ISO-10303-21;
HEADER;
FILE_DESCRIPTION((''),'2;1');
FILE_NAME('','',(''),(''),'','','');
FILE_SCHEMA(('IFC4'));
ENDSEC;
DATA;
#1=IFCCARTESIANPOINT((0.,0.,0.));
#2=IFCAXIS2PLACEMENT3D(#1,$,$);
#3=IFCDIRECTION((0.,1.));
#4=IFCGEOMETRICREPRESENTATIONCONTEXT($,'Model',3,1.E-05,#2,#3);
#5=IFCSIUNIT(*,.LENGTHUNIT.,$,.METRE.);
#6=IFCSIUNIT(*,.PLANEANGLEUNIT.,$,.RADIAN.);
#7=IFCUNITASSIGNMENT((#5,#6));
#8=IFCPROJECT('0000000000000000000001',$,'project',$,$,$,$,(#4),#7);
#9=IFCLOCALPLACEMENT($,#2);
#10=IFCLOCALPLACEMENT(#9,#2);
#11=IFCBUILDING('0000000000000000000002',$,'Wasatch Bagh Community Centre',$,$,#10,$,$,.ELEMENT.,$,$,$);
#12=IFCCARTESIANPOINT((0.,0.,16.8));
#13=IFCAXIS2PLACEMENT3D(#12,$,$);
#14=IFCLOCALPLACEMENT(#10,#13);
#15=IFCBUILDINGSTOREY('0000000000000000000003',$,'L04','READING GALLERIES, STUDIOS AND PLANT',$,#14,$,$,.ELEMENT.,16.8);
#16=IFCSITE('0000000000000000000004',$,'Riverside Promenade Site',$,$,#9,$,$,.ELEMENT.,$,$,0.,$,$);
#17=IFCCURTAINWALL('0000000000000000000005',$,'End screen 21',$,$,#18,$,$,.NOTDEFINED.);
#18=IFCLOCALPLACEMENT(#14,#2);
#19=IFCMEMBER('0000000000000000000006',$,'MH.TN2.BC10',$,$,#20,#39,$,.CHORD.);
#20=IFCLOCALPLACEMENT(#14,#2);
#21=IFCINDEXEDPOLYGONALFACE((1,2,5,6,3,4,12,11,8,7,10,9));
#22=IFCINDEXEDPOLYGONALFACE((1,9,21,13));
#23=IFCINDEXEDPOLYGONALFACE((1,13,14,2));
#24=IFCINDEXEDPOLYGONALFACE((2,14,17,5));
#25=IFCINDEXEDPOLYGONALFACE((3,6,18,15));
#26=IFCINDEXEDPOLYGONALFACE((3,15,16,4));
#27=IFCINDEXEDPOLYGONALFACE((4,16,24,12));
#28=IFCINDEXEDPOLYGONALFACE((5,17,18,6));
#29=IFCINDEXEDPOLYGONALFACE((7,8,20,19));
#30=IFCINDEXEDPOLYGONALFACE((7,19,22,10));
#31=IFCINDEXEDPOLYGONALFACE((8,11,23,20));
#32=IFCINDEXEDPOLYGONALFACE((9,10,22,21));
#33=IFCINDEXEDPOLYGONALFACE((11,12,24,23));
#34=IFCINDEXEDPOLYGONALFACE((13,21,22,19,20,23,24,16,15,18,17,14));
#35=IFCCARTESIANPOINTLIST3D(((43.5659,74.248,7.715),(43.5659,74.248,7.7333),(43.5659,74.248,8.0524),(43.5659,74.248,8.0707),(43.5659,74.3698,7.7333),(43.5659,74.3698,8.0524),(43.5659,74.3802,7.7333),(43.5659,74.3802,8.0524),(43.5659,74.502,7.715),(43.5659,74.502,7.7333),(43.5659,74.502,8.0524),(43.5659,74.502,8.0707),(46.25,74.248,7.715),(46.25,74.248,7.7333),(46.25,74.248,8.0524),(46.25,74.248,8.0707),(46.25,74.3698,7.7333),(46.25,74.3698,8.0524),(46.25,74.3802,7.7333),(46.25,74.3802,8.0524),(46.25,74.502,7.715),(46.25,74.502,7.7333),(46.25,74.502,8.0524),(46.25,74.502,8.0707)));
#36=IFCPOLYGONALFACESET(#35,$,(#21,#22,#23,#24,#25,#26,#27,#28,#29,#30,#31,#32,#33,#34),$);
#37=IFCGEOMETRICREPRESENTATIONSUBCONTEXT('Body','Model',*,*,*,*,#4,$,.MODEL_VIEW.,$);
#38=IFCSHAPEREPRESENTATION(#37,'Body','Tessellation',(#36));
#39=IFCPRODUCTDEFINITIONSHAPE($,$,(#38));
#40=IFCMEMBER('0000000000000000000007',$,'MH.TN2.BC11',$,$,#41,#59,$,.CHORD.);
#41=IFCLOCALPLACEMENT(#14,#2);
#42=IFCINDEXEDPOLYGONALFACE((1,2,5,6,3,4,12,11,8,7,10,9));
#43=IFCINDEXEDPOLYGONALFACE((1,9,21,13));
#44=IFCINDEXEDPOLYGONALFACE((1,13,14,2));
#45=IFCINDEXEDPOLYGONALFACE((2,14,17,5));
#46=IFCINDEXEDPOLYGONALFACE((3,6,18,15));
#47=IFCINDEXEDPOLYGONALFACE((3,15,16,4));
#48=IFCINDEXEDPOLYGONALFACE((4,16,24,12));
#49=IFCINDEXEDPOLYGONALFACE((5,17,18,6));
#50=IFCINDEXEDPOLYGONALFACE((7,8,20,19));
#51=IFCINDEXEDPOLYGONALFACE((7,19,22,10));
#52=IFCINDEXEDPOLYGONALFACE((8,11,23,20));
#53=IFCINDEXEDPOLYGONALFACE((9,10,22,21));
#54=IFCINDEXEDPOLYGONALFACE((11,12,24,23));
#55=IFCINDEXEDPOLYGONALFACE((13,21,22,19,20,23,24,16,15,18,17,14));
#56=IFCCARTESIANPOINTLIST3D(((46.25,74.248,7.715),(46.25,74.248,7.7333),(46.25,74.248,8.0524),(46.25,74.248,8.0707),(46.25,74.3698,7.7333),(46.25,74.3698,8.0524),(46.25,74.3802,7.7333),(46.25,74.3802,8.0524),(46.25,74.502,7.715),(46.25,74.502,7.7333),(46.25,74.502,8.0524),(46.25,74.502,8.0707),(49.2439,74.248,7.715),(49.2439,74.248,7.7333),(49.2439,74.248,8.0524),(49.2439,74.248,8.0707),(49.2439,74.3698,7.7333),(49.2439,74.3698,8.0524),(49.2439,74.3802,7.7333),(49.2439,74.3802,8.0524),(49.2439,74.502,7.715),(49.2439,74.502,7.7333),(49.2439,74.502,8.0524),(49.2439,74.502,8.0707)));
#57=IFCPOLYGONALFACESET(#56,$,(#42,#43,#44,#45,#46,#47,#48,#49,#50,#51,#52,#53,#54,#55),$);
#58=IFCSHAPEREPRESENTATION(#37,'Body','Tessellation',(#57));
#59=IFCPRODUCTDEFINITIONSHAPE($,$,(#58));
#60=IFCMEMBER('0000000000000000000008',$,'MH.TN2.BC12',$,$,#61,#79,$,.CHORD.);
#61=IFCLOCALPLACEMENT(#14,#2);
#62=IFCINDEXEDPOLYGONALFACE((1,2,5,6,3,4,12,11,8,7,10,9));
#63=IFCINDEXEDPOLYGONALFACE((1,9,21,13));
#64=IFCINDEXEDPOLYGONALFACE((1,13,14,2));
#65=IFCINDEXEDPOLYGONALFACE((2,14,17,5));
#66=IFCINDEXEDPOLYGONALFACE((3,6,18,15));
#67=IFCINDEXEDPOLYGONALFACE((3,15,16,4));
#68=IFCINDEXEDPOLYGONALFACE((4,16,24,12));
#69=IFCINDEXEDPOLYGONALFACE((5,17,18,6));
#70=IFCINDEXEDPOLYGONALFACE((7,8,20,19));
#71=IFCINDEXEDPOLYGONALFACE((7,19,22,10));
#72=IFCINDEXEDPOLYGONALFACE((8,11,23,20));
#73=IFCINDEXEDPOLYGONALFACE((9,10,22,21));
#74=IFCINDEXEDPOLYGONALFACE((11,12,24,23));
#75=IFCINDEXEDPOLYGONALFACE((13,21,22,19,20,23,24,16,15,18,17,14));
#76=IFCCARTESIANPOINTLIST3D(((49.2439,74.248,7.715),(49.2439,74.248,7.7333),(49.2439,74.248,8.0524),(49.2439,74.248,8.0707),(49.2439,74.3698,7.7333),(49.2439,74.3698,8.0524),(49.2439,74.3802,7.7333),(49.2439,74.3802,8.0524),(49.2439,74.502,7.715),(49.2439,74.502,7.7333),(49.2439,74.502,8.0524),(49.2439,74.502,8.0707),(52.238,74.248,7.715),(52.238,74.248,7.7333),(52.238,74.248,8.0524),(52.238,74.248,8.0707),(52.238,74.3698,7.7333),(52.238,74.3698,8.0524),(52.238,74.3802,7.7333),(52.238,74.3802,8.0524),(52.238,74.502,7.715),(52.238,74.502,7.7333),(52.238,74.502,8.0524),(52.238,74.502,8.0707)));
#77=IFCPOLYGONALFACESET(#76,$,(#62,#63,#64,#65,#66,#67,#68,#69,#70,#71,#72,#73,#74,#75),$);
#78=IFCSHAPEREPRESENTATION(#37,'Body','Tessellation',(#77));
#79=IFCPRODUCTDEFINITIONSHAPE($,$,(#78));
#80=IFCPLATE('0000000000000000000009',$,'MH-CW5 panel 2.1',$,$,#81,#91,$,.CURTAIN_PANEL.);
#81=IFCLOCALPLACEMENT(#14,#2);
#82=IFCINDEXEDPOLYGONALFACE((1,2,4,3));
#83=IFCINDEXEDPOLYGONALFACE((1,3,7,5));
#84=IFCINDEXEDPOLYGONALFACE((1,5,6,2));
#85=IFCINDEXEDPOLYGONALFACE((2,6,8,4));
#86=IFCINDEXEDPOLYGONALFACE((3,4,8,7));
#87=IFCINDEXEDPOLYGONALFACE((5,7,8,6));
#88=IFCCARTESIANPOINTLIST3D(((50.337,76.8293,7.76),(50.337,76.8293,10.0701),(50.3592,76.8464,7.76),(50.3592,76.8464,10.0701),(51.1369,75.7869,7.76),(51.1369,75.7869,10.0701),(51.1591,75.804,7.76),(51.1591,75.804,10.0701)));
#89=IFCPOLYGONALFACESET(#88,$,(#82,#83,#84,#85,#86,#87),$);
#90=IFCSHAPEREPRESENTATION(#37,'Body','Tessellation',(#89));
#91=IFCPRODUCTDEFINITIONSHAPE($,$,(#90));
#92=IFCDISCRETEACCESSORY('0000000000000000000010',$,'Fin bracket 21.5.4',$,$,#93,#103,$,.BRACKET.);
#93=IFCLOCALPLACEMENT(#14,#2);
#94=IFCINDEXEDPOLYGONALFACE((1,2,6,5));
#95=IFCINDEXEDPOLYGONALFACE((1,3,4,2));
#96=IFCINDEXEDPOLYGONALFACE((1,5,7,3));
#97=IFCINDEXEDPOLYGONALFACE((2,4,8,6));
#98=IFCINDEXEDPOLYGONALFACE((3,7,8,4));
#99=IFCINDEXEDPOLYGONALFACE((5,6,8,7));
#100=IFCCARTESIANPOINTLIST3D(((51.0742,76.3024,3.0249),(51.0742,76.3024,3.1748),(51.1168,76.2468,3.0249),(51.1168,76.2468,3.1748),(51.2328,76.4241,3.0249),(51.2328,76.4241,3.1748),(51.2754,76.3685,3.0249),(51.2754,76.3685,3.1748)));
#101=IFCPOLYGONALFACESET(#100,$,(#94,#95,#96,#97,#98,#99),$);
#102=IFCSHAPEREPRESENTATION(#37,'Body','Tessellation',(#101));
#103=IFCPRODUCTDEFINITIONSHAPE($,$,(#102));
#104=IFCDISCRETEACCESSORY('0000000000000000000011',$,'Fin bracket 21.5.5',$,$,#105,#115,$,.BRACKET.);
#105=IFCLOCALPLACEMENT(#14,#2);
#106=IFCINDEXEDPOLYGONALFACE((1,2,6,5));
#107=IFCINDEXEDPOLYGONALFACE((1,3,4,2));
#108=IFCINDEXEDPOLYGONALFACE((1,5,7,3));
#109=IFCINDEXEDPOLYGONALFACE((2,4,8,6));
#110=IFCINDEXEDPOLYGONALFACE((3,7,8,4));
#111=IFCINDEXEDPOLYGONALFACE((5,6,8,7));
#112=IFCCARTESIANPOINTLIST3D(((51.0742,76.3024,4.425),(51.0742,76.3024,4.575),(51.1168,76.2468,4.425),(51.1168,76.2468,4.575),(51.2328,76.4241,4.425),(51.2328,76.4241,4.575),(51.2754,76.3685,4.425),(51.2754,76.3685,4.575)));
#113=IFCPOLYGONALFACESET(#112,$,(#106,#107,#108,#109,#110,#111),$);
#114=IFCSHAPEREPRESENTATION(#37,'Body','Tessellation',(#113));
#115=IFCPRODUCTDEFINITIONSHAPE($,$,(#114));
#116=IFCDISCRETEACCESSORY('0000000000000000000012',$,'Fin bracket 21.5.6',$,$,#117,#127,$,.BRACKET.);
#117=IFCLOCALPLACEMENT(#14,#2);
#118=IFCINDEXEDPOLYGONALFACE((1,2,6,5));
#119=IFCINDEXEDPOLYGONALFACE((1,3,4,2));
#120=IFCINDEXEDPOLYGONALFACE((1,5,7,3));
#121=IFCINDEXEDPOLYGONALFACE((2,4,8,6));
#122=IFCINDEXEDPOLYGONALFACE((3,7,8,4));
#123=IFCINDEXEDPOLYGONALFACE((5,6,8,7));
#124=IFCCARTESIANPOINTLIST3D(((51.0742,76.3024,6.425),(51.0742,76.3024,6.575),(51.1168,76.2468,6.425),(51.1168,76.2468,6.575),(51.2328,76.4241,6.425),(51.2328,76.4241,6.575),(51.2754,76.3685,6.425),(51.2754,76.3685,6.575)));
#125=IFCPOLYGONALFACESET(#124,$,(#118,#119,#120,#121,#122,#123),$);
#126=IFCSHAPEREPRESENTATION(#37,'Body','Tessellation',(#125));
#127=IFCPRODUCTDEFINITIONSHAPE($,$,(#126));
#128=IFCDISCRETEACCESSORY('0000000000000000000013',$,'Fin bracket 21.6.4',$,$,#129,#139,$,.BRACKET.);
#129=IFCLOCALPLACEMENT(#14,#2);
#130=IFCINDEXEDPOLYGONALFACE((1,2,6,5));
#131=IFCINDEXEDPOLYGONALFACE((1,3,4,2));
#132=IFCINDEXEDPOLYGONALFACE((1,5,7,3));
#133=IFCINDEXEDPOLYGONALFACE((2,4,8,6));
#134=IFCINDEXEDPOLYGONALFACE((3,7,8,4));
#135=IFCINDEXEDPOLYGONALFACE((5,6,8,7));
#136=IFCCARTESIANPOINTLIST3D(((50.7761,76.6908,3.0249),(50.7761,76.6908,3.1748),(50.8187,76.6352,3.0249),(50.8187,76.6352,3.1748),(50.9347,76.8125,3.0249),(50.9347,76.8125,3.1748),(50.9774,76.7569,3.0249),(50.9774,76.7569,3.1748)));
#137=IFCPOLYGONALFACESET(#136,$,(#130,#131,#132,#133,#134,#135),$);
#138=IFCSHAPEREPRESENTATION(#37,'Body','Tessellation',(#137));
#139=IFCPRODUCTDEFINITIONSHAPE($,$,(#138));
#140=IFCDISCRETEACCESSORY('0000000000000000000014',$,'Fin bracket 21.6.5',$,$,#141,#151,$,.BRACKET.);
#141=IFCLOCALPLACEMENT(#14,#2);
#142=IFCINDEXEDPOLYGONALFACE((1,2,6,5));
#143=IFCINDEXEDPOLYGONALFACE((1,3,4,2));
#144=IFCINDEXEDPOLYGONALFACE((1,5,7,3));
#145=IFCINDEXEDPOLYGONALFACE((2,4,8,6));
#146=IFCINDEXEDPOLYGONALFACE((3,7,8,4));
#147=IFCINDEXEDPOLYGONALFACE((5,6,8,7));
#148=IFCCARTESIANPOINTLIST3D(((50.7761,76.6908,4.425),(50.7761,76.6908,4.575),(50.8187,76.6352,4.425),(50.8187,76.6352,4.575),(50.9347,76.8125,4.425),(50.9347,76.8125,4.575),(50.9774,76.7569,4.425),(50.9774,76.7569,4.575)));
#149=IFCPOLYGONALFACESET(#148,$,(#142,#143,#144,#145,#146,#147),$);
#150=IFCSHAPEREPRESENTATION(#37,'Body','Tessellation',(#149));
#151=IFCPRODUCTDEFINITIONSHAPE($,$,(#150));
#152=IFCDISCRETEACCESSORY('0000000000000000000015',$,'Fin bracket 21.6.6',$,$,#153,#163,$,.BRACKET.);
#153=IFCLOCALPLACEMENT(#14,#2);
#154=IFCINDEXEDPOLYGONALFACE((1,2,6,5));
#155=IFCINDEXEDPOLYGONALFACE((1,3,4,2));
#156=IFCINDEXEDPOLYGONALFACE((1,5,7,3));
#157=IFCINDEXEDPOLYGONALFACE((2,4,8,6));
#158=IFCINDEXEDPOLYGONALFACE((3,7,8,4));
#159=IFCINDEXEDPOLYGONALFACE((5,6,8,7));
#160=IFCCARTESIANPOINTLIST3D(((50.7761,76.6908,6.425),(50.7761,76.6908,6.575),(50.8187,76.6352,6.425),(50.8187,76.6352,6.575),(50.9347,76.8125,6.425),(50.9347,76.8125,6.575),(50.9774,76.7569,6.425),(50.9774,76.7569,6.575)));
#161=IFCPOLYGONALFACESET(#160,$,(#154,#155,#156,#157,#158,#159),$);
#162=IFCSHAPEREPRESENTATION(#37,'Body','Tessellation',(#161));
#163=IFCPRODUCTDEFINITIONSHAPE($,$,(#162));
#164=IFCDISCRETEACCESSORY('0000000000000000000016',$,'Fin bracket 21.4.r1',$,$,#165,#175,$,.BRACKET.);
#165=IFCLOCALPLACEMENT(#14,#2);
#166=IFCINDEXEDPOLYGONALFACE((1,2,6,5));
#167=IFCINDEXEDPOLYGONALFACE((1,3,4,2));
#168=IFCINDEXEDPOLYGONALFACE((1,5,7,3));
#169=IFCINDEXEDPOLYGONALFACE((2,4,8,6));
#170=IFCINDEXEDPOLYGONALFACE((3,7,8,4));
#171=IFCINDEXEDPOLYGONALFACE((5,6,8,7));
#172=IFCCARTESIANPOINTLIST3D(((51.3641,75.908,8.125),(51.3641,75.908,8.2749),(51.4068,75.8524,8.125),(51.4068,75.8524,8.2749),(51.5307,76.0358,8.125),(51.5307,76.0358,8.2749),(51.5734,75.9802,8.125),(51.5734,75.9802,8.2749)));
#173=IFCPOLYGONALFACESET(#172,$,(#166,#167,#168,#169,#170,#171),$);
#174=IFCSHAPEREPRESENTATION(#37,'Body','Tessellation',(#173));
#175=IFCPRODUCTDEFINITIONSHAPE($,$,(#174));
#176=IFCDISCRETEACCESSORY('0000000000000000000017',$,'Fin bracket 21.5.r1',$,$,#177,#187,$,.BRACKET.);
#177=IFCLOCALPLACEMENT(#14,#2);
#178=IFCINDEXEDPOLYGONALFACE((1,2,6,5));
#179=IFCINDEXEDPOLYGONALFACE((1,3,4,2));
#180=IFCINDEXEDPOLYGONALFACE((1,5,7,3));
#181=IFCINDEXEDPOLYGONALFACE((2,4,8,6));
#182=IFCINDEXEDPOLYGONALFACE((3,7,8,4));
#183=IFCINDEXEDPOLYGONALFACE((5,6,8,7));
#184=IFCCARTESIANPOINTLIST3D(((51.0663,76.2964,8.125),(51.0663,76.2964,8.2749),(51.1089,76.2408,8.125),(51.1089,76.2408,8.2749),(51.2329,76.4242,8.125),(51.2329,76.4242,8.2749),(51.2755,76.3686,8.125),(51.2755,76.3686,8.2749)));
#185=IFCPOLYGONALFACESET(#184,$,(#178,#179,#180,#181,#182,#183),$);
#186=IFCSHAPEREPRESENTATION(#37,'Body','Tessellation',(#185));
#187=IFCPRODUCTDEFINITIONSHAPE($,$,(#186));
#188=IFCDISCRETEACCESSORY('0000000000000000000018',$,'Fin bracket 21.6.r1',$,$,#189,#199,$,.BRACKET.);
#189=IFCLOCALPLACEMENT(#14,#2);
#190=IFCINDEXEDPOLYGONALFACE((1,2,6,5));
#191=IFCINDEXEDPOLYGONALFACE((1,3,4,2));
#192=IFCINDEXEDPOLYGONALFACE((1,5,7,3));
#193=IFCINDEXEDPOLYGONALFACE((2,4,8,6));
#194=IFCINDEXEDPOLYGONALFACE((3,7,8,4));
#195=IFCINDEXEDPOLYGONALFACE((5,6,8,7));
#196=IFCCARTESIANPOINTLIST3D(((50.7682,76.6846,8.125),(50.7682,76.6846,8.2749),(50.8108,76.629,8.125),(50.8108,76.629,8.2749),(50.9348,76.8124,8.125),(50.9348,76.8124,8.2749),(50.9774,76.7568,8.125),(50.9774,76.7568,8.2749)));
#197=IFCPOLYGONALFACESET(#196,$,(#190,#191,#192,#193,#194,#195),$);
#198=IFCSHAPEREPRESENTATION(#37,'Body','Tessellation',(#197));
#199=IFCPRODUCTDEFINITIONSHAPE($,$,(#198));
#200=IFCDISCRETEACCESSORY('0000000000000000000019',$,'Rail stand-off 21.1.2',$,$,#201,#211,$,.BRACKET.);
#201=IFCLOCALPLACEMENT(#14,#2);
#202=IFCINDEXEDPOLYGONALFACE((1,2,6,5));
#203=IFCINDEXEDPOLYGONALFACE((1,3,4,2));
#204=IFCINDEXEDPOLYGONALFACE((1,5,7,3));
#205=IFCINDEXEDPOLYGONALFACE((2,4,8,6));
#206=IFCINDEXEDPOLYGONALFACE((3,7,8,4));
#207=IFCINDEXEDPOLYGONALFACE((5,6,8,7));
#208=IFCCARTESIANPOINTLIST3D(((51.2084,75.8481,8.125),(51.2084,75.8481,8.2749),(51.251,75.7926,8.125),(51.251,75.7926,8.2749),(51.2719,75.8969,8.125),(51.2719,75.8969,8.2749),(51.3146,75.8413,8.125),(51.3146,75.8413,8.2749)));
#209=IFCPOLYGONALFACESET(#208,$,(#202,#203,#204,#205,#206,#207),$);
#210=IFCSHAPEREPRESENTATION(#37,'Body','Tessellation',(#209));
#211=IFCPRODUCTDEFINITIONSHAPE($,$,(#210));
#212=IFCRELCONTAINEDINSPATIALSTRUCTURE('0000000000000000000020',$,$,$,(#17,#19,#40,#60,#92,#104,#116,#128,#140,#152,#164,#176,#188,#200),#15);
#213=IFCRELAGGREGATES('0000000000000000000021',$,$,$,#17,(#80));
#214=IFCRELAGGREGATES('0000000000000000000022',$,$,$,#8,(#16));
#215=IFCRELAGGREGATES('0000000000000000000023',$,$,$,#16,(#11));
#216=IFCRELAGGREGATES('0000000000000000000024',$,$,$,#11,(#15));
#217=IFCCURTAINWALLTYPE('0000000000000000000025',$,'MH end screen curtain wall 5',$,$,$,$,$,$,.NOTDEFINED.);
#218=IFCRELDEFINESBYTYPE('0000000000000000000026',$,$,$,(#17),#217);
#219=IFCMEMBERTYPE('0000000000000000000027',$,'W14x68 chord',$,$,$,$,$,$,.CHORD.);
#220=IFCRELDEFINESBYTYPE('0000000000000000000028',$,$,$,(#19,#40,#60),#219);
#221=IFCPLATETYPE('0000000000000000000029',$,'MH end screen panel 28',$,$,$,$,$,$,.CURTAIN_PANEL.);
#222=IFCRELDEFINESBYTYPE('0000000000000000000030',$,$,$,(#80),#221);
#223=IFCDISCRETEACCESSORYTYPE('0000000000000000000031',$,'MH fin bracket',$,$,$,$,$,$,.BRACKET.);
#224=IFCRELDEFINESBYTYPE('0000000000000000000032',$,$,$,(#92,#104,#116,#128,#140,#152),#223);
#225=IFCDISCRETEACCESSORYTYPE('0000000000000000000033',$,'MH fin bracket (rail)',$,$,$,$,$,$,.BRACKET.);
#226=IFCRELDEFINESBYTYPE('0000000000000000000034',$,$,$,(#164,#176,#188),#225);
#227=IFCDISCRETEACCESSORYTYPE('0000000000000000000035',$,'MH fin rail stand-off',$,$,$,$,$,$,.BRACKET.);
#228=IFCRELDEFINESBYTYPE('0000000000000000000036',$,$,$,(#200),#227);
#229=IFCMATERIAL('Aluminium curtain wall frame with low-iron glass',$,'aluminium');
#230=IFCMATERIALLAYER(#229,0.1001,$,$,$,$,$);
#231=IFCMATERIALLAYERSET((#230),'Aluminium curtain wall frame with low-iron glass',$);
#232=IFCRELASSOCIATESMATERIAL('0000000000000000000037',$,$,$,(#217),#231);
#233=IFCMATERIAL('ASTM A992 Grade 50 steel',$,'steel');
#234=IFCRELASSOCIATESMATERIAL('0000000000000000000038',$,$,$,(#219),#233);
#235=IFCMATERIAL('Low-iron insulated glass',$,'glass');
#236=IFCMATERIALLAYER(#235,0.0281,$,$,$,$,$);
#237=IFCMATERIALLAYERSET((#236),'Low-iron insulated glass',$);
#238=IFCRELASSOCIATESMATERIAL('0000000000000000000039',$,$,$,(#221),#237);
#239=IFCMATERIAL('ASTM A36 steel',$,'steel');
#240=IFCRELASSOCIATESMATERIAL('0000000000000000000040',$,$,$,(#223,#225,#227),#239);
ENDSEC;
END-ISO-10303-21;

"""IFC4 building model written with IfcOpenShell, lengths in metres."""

from ifc_helpers import new_model, si_unit, direction, frame, origin, origin_2d, place, context, subcontext, project, spatial, rectangle, i_section, extrude, material, layer, layer_set, material_profile, profile_set, type_object, element, aggregate, save


model = new_model("IFC4")

# Units and contexts
model_context = context("Model", 3, precision=1e-05, world=origin(), true_north=direction((0.0, 1.0)))
body_context = subcontext(model_context, "Body", "Model", "MODEL_VIEW")
ifc_project = project(units=[si_unit("LENGTHUNIT", "METRE"), si_unit("PLANEANGLEUNIT", "RADIAN")], contexts=[model_context])

# Site, building, storey
site_placement = place(None, origin())
site = spatial("IfcSite", under=ifc_project, at=site_placement, Name="Riverside Promenade Site", CompositionType="ELEMENT", RefElevation=0.0)
building_placement = place(site_placement, origin())
building = spatial("IfcBuilding", under=site, at=building_placement, Name="Wasatch Bagh Community Centre", CompositionType="ELEMENT")
storey_placement = place(building_placement, frame((0.0, 0.0, 16.8)))
storey = spatial("IfcBuildingStorey", under=building, at=storey_placement, Name="L04", Description="READING GALLERIES, STUDIOS AND PLANT", CompositionType="ELEMENT", Elevation=16.8)

# Curtain wall
ifc_material_1 = material(Name="Aluminium curtain wall frame with low-iron glass", Category="aluminium")
ifc_layer_1 = layer(ifc_material_1, 0.1001)
ifc_layer_set_1 = layer_set([ifc_layer_1], Name="Aluminium curtain wall frame with low-iron glass")
curtain_wall_type = type_object("IfcCurtainWallType", Name="MH end screen curtain wall 5", PredefinedType="NOTDEFINED", material=ifc_layer_set_1)
curtain_wall_placement = place(storey_placement, origin())
curtain_wall = element("IfcCurtainWall", 1, at=curtain_wall_placement, inside=storey, type_object=curtain_wall_type, Name="End screen 21", PredefinedType="NOTDEFINED")

# Members
ifc_material_2 = material(Name="ASTM A992 Grade 50 steel", Category="steel")
ifc_material_profile_1 = material_profile(ifc_material_2, i_section(OverallWidth=0.2539, OverallDepth=0.3557, WebThickness=0.0105, FlangeThickness=0.0183, at=origin_2d()), Name="W14x68")
ifc_profile_set_1 = profile_set([ifc_material_profile_1], Name="ASTM A992 Grade 50 steel")
member_type_1 = type_object("IfcMemberType", Name="W14x68 chord", PredefinedType="CHORD", material=ifc_profile_set_1)
member_1_placement = place(storey_placement, frame((43.5659, 74.375, 7.8928), z_axis=(1.0, 0.0, 0.0), x_axis=(0.0, 1.0, 0.0)))
element("IfcMember", 2, at=member_1_placement, inside=storey, type_object=member_type_1, Name="MH.TN2.BC10", PredefinedType="CHORD", context=body_context, shape_type="SweptSolid", body=[
    extrude(i_section(OverallWidth=0.2539, OverallDepth=0.3557, WebThickness=0.0105, FlangeThickness=0.0183, at=origin_2d()), origin(), (0.0, 0.0, 1.0), 2.6841),
])
member_2_placement = place(storey_placement, frame((46.25, 74.375, 7.8928), z_axis=(1.0, 0.0, 0.0), x_axis=(0.0, 1.0, 0.0)))
element("IfcMember", 3, at=member_2_placement, inside=storey, type_object=member_type_1, Name="MH.TN2.BC11", PredefinedType="CHORD", context=body_context, shape_type="SweptSolid", body=[
    extrude(i_section(OverallWidth=0.2539, OverallDepth=0.3557, WebThickness=0.0105, FlangeThickness=0.0183, at=origin_2d()), origin(), (0.0, 0.0, 1.0), 2.9939),
])
member_3_placement = place(storey_placement, frame((49.2439, 74.375, 7.8928), z_axis=(1.0, 0.0, 0.0), x_axis=(0.0, 1.0, 0.0)))
element("IfcMember", 4, at=member_3_placement, inside=storey, type_object=member_type_1, Name="MH.TN2.BC12", PredefinedType="CHORD", context=body_context, shape_type="SweptSolid", body=[
    extrude(i_section(OverallWidth=0.2539, OverallDepth=0.3557, WebThickness=0.0105, FlangeThickness=0.0183, at=origin_2d()), origin(), (0.0, 0.0, 1.0), 2.9941),
])

# Plate
ifc_material_3 = material(Name="Low-iron insulated glass", Category="glass")
ifc_layer_2 = layer(ifc_material_3, 0.0281)
ifc_layer_set_2 = layer_set([ifc_layer_2], Name="Low-iron insulated glass")
plate_type = type_object("IfcPlateType", Name="MH end screen panel 28", PredefinedType="CURTAIN_PANEL", material=ifc_layer_set_2)
plate_placement = place(storey_placement, frame((50.748, 76.3167, 7.76), z_axis=(0.0, 0.0, 1.0), x_axis=(-0.608761, 0.793353, 0.0)))
plate = element("IfcPlate", 5, at=plate_placement, type_object=plate_type, Name="MH-CW5 panel 2.1", PredefinedType="CURTAIN_PANEL", context=body_context, shape_type="SweptSolid", body=[
    extrude(rectangle(XDim=1.314, YDim=0.0281, at=origin_2d()), origin(), (0.0, 0.0, 1.0), 2.3101),
])
aggregate(curtain_wall, [plate])

# Discrete accessories
ifc_material_4 = material(Name="ASTM A36 steel", Category="steel")
discrete_accessory_type_1 = type_object("IfcDiscreteAccessoryType", Name="MH fin bracket", PredefinedType="BRACKET", material=ifc_material_4)
for number, where, z_axis, x_axis, name in (
    (6, (51.1748, 76.3354, 3.0249), (0.0, 0.0, 1.0), (-0.608761, 0.793353, 0.0), "Fin bracket 21.5.4"),
    (7, (51.1748, 76.3354, 4.425), (0.0, 0.0, 1.0), (-0.608761, 0.793353, 0.0), "Fin bracket 21.5.5"),
    (8, (51.1748, 76.3354, 6.425), (0.0, 0.0, 1.0), (-0.608761, 0.793353, 0.0), "Fin bracket 21.5.6"),
    (9, (50.8767, 76.7239, 3.0249), (0.0, 0.0, 1.0), (-0.608761, 0.793353, 0.0), "Fin bracket 21.6.4"),
    (10, (50.8767, 76.7239, 4.425), (0.0, 0.0, 1.0), (-0.608761, 0.793353, 0.0), "Fin bracket 21.6.5"),
    (11, (50.8767, 76.7239, 6.425), (0.0, 0.0, 1.0), (-0.608761, 0.793353, 0.0), "Fin bracket 21.6.6"),
):
    element("IfcDiscreteAccessory", number, at=place(storey_placement, frame(where, z_axis=z_axis, x_axis=x_axis)), inside=storey, type_object=discrete_accessory_type_1, Name=name, PredefinedType="BRACKET", context=body_context, shape_type="SweptSolid", body=[
        extrude(rectangle(XDim=0.0701, YDim=0.2, at=origin_2d()), origin(), (0.0, 0.0, 1.0), 0.1499),
    ])
discrete_accessory_type_2 = type_object("IfcDiscreteAccessoryType", Name="MH fin bracket (rail)", PredefinedType="BRACKET", material=ifc_material_4)
for number, where, z_axis, x_axis, name in (
    (12, (51.4688, 75.9441, 8.125), (0.0, 0.0, 1.0), (-0.608761, 0.793353, 0.0), "Fin bracket 21.4.r1"),
    (13, (51.1709, 76.3325, 8.125), (0.0, 0.0, 1.0), (-0.608761, 0.793353, 0.0), "Fin bracket 21.5.r1"),
    (14, (50.8728, 76.7207, 8.125), (0.0, 0.0, 1.0), (-0.608761, 0.793353, 0.0), "Fin bracket 21.6.r1"),
):
    element("IfcDiscreteAccessory", number, at=place(storey_placement, frame(where, z_axis=z_axis, x_axis=x_axis)), inside=storey, type_object=discrete_accessory_type_2, Name=name, PredefinedType="BRACKET", context=body_context, shape_type="SweptSolid", body=[
        extrude(rectangle(XDim=0.0701, YDim=0.21, at=origin_2d()), origin(), (0.0, 0.0, 1.0), 0.1499),
    ])
discrete_accessory_type_3 = type_object("IfcDiscreteAccessoryType", Name="MH fin rail stand-off", PredefinedType="BRACKET", material=ifc_material_4)
discrete_accessory_1_placement = place(storey_placement, frame((51.2615, 75.8447, 8.125), z_axis=(0.0, 0.0, 1.0), x_axis=(-0.608761, 0.793353, 0.0)))
element("IfcDiscreteAccessory", 15, at=discrete_accessory_1_placement, inside=storey, type_object=discrete_accessory_type_3, Name="Rail stand-off 21.1.2", PredefinedType="BRACKET", context=body_context, shape_type="SweptSolid", body=[
    extrude(rectangle(XDim=0.0701, YDim=0.0801, at=origin_2d()), origin(), (0.0, 0.0, 1.0), 0.1499),
])

save(model, "model.ifc")
